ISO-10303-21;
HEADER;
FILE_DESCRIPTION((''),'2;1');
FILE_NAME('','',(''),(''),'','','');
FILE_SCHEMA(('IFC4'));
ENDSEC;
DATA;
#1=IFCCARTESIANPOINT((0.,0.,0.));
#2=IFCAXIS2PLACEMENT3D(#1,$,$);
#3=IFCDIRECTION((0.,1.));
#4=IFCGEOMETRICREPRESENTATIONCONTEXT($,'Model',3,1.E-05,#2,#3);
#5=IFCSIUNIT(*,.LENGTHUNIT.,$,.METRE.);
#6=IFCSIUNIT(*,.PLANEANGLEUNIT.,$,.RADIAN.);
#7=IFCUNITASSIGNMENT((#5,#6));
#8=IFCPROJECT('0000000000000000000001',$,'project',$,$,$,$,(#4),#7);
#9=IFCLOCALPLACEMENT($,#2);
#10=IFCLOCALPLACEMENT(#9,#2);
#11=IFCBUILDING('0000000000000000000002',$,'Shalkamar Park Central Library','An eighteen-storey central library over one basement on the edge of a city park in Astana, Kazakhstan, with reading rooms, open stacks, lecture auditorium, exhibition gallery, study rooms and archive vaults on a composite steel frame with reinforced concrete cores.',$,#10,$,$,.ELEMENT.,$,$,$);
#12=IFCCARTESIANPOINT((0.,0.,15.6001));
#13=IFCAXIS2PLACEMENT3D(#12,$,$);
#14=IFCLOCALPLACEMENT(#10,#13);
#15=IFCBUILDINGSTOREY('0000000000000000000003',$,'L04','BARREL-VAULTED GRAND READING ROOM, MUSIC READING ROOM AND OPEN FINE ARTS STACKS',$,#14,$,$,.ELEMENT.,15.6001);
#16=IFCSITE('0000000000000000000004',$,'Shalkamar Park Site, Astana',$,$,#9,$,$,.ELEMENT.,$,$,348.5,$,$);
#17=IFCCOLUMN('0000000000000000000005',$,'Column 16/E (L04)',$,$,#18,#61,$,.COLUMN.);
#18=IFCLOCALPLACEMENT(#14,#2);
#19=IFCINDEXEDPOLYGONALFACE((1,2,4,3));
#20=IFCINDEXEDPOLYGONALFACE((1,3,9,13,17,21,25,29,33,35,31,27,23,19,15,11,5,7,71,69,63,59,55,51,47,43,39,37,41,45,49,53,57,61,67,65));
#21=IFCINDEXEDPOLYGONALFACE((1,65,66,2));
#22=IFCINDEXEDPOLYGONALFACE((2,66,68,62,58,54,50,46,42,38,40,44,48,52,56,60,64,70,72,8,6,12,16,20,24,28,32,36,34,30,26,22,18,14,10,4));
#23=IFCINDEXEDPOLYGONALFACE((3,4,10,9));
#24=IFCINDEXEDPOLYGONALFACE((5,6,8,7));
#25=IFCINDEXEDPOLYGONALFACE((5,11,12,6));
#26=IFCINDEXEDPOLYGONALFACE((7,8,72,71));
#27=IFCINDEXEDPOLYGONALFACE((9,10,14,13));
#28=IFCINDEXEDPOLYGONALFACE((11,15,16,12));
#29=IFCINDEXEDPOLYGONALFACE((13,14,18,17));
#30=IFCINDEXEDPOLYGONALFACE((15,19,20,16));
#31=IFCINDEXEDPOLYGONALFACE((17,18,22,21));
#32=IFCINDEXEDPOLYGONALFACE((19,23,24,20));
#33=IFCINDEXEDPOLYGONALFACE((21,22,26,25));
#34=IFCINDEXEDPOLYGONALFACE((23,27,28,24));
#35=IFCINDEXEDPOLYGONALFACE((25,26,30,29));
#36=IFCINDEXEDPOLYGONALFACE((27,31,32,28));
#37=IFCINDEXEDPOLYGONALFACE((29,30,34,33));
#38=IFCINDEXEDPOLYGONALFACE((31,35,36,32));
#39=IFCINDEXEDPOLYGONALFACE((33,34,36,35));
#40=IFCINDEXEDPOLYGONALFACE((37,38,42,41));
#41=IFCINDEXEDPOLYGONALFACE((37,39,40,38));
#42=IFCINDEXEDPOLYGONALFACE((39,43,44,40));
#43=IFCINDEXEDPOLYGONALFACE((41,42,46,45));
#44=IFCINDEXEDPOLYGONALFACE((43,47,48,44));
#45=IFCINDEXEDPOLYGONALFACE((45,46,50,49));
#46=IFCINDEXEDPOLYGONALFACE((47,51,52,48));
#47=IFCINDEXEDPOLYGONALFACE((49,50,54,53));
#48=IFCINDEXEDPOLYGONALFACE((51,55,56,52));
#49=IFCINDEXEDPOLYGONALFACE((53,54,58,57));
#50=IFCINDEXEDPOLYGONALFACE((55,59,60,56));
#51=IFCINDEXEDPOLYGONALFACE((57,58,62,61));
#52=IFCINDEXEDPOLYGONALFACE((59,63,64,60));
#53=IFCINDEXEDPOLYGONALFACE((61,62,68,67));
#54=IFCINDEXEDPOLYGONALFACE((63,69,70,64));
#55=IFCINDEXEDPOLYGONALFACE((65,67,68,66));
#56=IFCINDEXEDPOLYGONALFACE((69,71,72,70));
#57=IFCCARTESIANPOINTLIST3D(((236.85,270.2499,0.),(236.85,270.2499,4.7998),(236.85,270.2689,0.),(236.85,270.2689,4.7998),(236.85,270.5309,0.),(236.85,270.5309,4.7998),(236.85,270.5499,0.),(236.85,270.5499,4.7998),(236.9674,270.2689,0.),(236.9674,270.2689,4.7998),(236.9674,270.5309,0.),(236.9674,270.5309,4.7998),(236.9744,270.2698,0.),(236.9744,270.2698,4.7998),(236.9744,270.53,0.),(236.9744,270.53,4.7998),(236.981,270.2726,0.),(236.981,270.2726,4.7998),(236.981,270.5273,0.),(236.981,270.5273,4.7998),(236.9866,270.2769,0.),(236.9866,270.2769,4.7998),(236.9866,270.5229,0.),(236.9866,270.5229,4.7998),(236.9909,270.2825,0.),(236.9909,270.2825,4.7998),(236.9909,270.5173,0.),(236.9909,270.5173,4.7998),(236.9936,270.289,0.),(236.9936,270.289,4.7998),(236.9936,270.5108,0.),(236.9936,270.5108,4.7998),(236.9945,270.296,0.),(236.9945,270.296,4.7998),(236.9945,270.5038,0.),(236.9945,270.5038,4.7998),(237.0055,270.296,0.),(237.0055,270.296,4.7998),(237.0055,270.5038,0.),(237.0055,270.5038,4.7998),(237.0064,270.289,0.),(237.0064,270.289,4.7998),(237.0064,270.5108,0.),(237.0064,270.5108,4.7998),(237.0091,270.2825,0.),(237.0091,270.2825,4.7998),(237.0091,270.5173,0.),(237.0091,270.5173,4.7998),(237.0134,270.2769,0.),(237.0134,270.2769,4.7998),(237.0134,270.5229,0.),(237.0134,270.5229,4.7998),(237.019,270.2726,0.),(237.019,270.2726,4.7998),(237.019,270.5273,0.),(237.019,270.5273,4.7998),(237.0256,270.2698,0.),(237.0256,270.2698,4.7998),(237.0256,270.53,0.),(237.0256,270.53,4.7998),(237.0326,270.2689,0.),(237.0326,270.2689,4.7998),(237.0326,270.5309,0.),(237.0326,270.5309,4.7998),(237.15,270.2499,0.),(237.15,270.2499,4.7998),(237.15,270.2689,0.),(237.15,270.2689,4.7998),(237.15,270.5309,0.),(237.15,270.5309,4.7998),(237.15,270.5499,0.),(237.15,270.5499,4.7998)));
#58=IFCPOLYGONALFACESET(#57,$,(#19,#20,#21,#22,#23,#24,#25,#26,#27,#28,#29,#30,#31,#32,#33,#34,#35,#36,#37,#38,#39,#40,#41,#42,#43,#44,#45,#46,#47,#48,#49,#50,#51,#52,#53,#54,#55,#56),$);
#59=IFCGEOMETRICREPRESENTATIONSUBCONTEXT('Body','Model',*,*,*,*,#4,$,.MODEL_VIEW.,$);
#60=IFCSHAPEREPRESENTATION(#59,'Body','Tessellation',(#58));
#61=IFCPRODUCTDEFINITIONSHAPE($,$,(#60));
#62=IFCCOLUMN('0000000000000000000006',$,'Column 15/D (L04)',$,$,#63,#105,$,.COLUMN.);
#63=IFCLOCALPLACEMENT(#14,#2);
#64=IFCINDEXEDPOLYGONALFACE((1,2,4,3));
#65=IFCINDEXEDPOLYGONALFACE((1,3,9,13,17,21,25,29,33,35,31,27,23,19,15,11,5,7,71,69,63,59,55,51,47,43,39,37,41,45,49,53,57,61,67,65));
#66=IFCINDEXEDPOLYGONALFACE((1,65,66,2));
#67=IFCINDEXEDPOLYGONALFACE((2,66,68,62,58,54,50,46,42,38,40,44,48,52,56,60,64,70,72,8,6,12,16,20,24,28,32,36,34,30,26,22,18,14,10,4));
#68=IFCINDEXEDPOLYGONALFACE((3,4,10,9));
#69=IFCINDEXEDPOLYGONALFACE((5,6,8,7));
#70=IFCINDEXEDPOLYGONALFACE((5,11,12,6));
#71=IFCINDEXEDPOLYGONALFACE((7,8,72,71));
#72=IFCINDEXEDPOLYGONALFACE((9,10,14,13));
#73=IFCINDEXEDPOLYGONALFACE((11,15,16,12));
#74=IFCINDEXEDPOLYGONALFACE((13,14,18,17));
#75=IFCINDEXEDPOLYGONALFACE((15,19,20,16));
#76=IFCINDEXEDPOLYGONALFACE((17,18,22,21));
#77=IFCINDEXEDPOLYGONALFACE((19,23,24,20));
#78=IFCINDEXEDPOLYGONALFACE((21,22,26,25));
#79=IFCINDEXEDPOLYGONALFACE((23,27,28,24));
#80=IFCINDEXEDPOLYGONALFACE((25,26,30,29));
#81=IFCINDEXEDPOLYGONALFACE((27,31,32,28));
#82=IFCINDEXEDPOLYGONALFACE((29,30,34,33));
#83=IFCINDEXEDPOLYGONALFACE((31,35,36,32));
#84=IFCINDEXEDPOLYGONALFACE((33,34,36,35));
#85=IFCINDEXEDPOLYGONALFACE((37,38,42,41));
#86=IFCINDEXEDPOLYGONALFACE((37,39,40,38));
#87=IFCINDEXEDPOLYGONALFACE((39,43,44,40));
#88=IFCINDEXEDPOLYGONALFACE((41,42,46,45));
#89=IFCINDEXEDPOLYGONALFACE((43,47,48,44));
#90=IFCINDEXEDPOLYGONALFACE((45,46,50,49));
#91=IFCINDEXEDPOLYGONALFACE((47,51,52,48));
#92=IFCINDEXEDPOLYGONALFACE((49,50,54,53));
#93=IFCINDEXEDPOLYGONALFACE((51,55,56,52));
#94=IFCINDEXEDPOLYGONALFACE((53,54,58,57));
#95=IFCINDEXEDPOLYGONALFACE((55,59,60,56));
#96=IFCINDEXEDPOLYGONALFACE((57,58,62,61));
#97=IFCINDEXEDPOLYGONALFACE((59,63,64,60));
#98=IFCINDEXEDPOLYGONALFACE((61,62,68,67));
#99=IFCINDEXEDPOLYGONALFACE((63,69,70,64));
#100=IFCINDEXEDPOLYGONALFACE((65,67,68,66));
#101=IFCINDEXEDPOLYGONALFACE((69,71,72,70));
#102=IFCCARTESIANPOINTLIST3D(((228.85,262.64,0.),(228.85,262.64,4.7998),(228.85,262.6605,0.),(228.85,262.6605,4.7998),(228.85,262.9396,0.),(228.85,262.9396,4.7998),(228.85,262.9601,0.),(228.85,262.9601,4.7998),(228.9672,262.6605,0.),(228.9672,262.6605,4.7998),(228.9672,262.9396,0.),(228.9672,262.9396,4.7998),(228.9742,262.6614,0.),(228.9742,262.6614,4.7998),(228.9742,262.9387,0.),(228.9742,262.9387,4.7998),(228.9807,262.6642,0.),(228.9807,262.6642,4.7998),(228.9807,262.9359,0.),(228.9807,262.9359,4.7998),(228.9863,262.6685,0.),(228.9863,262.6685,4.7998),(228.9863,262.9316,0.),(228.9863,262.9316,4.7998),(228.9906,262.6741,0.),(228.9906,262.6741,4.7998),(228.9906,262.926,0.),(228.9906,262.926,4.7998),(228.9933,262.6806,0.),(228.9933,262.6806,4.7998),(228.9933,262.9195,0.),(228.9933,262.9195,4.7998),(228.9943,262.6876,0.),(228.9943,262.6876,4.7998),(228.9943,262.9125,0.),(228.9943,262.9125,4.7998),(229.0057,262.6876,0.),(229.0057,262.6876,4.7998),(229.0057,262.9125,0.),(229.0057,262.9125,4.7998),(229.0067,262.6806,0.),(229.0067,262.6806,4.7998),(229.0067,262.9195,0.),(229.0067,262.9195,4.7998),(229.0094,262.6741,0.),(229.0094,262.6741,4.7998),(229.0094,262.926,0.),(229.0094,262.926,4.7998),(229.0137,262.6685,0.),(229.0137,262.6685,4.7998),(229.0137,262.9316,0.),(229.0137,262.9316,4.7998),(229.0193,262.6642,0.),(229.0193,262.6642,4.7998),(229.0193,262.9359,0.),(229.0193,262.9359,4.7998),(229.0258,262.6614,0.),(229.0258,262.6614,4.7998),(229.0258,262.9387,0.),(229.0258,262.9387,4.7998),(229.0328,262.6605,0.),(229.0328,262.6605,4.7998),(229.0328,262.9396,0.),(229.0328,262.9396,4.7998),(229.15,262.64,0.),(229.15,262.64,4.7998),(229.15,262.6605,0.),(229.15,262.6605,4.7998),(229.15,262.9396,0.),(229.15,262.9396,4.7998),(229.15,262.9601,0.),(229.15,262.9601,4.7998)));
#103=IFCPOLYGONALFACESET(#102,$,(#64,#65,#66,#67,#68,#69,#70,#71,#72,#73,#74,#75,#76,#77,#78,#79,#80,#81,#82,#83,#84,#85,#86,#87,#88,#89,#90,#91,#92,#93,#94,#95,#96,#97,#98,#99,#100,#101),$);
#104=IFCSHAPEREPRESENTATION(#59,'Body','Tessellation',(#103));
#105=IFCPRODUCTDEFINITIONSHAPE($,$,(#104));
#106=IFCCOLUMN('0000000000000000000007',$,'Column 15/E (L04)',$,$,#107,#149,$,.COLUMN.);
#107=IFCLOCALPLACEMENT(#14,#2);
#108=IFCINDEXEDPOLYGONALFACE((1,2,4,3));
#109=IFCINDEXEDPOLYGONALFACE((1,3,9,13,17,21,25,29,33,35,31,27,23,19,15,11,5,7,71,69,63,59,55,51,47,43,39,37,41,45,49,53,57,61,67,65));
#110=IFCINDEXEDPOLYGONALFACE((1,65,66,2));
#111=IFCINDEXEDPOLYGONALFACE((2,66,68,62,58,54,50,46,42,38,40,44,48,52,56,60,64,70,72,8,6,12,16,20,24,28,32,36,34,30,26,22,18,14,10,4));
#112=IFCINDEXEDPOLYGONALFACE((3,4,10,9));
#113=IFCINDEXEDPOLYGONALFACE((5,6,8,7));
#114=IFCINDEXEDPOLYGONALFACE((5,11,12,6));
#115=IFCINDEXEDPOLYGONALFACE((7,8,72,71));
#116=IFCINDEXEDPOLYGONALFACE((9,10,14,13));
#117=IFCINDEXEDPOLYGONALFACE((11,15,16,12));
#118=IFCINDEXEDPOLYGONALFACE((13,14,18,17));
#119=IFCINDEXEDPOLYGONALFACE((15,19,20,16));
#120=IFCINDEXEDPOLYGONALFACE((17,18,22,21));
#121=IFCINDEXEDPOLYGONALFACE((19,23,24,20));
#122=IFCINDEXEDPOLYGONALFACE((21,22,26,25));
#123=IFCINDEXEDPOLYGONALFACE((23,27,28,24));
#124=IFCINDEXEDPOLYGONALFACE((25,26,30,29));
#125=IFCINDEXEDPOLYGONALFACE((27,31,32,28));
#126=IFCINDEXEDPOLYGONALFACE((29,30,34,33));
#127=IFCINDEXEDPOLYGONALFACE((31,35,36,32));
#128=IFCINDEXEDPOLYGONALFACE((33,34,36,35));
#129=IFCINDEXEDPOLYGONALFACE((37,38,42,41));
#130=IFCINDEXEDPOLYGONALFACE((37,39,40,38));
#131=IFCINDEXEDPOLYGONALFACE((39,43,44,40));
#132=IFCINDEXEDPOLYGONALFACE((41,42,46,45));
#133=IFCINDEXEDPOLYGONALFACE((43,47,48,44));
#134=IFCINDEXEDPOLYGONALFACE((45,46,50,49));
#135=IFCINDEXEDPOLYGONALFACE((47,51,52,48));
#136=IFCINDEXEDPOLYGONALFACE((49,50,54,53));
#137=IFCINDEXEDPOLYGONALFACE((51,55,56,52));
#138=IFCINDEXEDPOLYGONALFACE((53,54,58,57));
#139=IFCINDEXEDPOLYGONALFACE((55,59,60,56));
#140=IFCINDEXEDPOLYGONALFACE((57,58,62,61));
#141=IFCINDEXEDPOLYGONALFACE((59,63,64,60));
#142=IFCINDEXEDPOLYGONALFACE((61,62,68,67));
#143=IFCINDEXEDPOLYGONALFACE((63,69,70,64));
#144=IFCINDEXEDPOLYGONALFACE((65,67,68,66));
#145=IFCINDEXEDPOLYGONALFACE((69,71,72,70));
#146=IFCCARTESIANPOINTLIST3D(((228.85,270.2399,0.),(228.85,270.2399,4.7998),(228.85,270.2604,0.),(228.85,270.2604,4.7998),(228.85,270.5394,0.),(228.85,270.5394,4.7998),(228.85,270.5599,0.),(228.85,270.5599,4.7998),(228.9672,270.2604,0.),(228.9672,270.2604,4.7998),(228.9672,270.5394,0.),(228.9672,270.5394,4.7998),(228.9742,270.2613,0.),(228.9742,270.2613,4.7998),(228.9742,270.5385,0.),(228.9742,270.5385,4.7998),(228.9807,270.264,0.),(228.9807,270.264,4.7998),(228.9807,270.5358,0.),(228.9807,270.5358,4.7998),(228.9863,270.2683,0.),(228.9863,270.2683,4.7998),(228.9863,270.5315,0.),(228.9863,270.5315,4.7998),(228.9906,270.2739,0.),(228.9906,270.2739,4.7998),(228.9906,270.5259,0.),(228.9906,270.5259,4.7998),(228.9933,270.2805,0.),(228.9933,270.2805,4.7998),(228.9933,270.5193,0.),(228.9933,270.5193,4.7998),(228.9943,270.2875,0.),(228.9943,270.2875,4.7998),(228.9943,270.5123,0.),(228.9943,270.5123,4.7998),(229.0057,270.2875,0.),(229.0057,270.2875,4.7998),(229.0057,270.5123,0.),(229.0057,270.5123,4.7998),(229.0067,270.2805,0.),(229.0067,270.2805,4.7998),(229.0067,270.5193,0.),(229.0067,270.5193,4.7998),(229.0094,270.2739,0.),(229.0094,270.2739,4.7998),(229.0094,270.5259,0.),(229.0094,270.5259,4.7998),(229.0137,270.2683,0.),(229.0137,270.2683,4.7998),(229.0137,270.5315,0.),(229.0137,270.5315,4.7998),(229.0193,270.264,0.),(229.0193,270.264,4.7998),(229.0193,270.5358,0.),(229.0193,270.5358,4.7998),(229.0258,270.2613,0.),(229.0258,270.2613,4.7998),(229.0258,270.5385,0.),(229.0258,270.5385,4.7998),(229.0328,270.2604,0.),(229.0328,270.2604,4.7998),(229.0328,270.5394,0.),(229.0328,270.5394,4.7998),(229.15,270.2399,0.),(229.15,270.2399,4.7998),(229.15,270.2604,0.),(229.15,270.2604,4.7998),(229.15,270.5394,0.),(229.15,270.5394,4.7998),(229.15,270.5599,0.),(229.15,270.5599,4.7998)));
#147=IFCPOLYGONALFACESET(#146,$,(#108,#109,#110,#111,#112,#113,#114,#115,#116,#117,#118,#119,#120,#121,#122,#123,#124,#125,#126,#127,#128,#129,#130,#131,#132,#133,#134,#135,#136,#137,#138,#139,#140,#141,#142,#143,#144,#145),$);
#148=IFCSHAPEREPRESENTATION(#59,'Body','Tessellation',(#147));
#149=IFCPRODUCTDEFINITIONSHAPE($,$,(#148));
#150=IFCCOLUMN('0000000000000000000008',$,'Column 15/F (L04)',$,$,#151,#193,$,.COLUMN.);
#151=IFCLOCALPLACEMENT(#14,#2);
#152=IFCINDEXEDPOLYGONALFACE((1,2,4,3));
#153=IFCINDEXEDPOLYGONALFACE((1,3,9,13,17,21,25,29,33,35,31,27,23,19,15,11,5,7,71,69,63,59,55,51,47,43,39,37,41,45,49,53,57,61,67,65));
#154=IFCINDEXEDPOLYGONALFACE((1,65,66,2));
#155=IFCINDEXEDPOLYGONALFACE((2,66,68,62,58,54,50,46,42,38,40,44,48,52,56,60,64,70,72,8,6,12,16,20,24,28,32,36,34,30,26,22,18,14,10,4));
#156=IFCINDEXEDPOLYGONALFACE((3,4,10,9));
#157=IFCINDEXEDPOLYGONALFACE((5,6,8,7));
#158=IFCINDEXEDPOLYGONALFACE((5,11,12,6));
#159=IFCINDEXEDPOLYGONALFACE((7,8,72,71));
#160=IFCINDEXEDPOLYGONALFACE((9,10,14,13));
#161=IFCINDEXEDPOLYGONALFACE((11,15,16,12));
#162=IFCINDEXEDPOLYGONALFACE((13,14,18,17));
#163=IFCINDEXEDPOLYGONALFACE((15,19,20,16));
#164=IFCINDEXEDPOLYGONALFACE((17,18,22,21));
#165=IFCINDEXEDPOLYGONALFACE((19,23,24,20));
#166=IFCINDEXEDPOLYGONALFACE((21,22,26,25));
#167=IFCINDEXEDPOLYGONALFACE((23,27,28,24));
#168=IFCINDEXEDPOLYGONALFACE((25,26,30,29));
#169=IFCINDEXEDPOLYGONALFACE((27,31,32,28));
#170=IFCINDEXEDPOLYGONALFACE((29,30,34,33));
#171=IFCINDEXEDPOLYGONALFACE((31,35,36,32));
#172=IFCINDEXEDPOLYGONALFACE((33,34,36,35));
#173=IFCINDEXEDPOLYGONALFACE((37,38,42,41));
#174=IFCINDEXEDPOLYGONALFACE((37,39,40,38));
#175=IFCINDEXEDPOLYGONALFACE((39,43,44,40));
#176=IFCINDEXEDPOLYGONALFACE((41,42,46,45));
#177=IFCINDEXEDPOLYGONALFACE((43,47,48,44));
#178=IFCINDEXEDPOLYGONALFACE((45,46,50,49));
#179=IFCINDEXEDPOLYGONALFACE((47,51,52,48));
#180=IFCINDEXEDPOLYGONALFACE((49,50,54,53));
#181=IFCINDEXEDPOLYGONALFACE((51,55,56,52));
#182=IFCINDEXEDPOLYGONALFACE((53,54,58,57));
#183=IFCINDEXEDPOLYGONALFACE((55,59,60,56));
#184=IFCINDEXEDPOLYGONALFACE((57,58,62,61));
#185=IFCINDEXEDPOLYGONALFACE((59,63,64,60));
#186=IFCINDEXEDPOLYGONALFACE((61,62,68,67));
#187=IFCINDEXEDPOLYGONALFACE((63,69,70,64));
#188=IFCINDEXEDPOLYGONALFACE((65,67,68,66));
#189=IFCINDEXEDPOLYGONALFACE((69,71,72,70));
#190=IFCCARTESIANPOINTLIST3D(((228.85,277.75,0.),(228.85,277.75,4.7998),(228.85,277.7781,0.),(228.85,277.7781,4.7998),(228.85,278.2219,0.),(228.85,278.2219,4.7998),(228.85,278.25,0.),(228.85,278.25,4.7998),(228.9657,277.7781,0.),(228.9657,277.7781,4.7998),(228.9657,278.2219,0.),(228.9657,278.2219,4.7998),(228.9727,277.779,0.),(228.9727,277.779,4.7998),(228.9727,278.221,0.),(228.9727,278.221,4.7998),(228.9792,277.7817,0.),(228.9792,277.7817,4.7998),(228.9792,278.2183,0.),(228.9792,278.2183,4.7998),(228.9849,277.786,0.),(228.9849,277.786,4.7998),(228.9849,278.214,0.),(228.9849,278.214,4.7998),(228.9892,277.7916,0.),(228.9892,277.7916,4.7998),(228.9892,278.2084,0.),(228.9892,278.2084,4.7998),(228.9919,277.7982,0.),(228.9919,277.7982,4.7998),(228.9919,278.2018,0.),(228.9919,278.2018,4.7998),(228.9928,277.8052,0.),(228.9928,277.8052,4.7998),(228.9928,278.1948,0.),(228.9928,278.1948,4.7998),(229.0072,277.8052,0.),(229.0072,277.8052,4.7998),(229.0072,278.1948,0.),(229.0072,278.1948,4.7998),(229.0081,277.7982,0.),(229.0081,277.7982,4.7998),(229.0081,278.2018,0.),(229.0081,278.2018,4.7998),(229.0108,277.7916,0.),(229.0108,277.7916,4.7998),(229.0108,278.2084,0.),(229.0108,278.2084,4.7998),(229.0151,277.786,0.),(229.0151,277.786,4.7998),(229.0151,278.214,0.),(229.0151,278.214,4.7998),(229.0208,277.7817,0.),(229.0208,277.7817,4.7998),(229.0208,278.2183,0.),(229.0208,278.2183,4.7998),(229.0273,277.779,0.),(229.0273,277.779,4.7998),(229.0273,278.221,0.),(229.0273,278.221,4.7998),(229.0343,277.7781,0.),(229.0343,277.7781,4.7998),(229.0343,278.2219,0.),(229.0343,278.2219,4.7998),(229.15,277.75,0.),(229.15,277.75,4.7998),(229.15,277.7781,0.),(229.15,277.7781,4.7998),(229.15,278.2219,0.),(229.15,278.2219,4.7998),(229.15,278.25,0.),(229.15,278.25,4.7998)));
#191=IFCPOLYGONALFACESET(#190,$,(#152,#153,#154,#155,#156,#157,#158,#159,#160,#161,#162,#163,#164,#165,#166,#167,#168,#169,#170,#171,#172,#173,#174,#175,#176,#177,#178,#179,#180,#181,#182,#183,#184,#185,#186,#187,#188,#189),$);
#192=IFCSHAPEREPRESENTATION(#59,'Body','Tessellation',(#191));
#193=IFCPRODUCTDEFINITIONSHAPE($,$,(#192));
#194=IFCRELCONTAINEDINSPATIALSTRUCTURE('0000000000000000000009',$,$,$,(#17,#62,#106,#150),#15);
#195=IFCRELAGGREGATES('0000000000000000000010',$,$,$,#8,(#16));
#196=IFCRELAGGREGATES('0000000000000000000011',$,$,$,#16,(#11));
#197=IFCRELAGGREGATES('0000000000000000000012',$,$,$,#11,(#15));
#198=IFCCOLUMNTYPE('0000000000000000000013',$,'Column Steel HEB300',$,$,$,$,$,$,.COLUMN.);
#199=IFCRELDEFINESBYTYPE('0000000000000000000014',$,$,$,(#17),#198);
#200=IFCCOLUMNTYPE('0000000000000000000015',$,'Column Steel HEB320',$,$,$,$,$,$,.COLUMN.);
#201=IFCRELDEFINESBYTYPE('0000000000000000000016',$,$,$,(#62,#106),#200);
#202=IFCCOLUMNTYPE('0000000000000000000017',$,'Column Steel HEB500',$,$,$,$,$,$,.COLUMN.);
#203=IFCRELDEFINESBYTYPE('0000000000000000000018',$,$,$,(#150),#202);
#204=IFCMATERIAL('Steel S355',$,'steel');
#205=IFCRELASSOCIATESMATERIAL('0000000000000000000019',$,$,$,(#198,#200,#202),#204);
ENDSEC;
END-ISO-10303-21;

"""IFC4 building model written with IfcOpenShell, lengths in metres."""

from ifc_helpers import new_model, si_unit, direction, frame, origin, origin_2d, place, context, subcontext, project, spatial, i_section, extrude, material, material_profile, profile_set, type_object, element, save


model = new_model("IFC4")

# Units and contexts
model_context = context("Model", 3, precision=1e-05, world=origin(), true_north=direction((0.0, 1.0)))
body_context = subcontext(model_context, "Body", "Model", "MODEL_VIEW")
ifc_project = project(units=[si_unit("LENGTHUNIT", "METRE"), si_unit("PLANEANGLEUNIT", "RADIAN")], contexts=[model_context])

# Site, building, storey
site_placement = place(None, origin())
site = spatial("IfcSite", under=ifc_project, at=site_placement, Name="Shalkamar Park Site, Astana", CompositionType="ELEMENT", RefElevation=348.5)
building_placement = place(site_placement, origin())
building = spatial("IfcBuilding", under=site, at=building_placement, Name="Shalkamar Park Central Library", Description="An eighteen-storey central library over one basement on the edge of a city park in Astana, Kazakhstan, with reading rooms, open stacks, lecture auditorium, exhibition gallery, study rooms and archive vaults on a composite steel frame with reinforced concrete cores.", CompositionType="ELEMENT")
storey_placement = place(building_placement, frame((0.0, 0.0, 15.6001)))
storey = spatial("IfcBuildingStorey", under=building, at=storey_placement, Name="L04", Description="BARREL-VAULTED GRAND READING ROOM, MUSIC READING ROOM AND OPEN FINE ARTS STACKS", CompositionType="ELEMENT", Elevation=15.6001)

# Columns
ifc_material_1 = material(Name="Steel S355", Category="steel")
ifc_material_profile_1 = material_profile(ifc_material_1, i_section(OverallWidth=0.3, OverallDepth=0.3, WebThickness=0.011, FlangeThickness=0.019, FilletRadius=0.0271, at=origin_2d()), Name="HEB 300")
ifc_profile_set_1 = profile_set([ifc_material_profile_1], Name="Steel S355")
column_type_1 = type_object("IfcColumnType", Name="Column Steel HEB300", PredefinedType="COLUMN", material=ifc_profile_set_1)
for number, where, z_axis, x_axis, name in (
    (1, (237.0, 270.3999, 0.0), (0.0, 0.0, 1.0), (1.0, 0.0, 0.0), "Column 16/E (L04)"),
):
    element("IfcColumn", number, at=place(storey_placement, frame(where, z_axis=z_axis, x_axis=x_axis)), inside=storey, type_object=column_type_1, Name=name, PredefinedType="COLUMN", context=body_context, shape_type="SweptSolid", body=[
        extrude(i_section(OverallWidth=0.3, OverallDepth=0.3, WebThickness=0.011, FlangeThickness=0.019, FilletRadius=0.0271, at=origin_2d()), origin(), (0.0, 0.0, 1.0), 4.7998),
    ])
ifc_material_profile_2 = material_profile(ifc_material_1, i_section(OverallWidth=0.3, OverallDepth=0.3201, WebThickness=0.0115, FlangeThickness=0.0205, FilletRadius=0.0271, at=origin_2d()), Name="HEB 320")
ifc_profile_set_2 = profile_set([ifc_material_profile_2], Name="Steel S355")
column_type_2 = type_object("IfcColumnType", Name="Column Steel HEB320", PredefinedType="COLUMN", material=ifc_profile_set_2)
for number, where, z_axis, x_axis, name in (
    (2, (229.0, 262.8, 0.0), (0.0, 0.0, 1.0), (1.0, 0.0, 0.0), "Column 15/D (L04)"),
    (3, (229.0, 270.3999, 0.0), (0.0, 0.0, 1.0), (1.0, 0.0, 0.0), "Column 15/E (L04)"),
):
    element("IfcColumn", number, at=place(storey_placement, frame(where, z_axis=z_axis, x_axis=x_axis)), inside=storey, type_object=column_type_2, Name=name, PredefinedType="COLUMN", context=body_context, shape_type="SweptSolid", body=[
        extrude(i_section(OverallWidth=0.3, OverallDepth=0.3201, WebThickness=0.0115, FlangeThickness=0.0205, FilletRadius=0.0271, at=origin_2d()), origin(), (0.0, 0.0, 1.0), 4.7998),
    ])
ifc_material_profile_3 = material_profile(ifc_material_1, i_section(OverallWidth=0.3, OverallDepth=0.5, WebThickness=0.0144, FlangeThickness=0.0281, FilletRadius=0.0271, at=origin_2d()), Name="HEB 500")
ifc_profile_set_3 = profile_set([ifc_material_profile_3], Name="Steel S355")
column_type_3 = type_object("IfcColumnType", Name="Column Steel HEB500", PredefinedType="COLUMN", material=ifc_profile_set_3)
column_1_placement = place(storey_placement, frame((229.0, 278.0, 0.0), z_axis=(0.0, 0.0, 1.0), x_axis=(1.0, 0.0, 0.0)))
element("IfcColumn", 4, at=column_1_placement, inside=storey, type_object=column_type_3, Name="Column 15/F (L04)", PredefinedType="COLUMN", context=body_context, shape_type="SweptSolid", body=[
    extrude(i_section(OverallWidth=0.3, OverallDepth=0.5, WebThickness=0.0144, FlangeThickness=0.0281, FilletRadius=0.0271, at=origin_2d()), origin(), (0.0, 0.0, 1.0), 4.7998),
])

save(model, "model.ifc")
